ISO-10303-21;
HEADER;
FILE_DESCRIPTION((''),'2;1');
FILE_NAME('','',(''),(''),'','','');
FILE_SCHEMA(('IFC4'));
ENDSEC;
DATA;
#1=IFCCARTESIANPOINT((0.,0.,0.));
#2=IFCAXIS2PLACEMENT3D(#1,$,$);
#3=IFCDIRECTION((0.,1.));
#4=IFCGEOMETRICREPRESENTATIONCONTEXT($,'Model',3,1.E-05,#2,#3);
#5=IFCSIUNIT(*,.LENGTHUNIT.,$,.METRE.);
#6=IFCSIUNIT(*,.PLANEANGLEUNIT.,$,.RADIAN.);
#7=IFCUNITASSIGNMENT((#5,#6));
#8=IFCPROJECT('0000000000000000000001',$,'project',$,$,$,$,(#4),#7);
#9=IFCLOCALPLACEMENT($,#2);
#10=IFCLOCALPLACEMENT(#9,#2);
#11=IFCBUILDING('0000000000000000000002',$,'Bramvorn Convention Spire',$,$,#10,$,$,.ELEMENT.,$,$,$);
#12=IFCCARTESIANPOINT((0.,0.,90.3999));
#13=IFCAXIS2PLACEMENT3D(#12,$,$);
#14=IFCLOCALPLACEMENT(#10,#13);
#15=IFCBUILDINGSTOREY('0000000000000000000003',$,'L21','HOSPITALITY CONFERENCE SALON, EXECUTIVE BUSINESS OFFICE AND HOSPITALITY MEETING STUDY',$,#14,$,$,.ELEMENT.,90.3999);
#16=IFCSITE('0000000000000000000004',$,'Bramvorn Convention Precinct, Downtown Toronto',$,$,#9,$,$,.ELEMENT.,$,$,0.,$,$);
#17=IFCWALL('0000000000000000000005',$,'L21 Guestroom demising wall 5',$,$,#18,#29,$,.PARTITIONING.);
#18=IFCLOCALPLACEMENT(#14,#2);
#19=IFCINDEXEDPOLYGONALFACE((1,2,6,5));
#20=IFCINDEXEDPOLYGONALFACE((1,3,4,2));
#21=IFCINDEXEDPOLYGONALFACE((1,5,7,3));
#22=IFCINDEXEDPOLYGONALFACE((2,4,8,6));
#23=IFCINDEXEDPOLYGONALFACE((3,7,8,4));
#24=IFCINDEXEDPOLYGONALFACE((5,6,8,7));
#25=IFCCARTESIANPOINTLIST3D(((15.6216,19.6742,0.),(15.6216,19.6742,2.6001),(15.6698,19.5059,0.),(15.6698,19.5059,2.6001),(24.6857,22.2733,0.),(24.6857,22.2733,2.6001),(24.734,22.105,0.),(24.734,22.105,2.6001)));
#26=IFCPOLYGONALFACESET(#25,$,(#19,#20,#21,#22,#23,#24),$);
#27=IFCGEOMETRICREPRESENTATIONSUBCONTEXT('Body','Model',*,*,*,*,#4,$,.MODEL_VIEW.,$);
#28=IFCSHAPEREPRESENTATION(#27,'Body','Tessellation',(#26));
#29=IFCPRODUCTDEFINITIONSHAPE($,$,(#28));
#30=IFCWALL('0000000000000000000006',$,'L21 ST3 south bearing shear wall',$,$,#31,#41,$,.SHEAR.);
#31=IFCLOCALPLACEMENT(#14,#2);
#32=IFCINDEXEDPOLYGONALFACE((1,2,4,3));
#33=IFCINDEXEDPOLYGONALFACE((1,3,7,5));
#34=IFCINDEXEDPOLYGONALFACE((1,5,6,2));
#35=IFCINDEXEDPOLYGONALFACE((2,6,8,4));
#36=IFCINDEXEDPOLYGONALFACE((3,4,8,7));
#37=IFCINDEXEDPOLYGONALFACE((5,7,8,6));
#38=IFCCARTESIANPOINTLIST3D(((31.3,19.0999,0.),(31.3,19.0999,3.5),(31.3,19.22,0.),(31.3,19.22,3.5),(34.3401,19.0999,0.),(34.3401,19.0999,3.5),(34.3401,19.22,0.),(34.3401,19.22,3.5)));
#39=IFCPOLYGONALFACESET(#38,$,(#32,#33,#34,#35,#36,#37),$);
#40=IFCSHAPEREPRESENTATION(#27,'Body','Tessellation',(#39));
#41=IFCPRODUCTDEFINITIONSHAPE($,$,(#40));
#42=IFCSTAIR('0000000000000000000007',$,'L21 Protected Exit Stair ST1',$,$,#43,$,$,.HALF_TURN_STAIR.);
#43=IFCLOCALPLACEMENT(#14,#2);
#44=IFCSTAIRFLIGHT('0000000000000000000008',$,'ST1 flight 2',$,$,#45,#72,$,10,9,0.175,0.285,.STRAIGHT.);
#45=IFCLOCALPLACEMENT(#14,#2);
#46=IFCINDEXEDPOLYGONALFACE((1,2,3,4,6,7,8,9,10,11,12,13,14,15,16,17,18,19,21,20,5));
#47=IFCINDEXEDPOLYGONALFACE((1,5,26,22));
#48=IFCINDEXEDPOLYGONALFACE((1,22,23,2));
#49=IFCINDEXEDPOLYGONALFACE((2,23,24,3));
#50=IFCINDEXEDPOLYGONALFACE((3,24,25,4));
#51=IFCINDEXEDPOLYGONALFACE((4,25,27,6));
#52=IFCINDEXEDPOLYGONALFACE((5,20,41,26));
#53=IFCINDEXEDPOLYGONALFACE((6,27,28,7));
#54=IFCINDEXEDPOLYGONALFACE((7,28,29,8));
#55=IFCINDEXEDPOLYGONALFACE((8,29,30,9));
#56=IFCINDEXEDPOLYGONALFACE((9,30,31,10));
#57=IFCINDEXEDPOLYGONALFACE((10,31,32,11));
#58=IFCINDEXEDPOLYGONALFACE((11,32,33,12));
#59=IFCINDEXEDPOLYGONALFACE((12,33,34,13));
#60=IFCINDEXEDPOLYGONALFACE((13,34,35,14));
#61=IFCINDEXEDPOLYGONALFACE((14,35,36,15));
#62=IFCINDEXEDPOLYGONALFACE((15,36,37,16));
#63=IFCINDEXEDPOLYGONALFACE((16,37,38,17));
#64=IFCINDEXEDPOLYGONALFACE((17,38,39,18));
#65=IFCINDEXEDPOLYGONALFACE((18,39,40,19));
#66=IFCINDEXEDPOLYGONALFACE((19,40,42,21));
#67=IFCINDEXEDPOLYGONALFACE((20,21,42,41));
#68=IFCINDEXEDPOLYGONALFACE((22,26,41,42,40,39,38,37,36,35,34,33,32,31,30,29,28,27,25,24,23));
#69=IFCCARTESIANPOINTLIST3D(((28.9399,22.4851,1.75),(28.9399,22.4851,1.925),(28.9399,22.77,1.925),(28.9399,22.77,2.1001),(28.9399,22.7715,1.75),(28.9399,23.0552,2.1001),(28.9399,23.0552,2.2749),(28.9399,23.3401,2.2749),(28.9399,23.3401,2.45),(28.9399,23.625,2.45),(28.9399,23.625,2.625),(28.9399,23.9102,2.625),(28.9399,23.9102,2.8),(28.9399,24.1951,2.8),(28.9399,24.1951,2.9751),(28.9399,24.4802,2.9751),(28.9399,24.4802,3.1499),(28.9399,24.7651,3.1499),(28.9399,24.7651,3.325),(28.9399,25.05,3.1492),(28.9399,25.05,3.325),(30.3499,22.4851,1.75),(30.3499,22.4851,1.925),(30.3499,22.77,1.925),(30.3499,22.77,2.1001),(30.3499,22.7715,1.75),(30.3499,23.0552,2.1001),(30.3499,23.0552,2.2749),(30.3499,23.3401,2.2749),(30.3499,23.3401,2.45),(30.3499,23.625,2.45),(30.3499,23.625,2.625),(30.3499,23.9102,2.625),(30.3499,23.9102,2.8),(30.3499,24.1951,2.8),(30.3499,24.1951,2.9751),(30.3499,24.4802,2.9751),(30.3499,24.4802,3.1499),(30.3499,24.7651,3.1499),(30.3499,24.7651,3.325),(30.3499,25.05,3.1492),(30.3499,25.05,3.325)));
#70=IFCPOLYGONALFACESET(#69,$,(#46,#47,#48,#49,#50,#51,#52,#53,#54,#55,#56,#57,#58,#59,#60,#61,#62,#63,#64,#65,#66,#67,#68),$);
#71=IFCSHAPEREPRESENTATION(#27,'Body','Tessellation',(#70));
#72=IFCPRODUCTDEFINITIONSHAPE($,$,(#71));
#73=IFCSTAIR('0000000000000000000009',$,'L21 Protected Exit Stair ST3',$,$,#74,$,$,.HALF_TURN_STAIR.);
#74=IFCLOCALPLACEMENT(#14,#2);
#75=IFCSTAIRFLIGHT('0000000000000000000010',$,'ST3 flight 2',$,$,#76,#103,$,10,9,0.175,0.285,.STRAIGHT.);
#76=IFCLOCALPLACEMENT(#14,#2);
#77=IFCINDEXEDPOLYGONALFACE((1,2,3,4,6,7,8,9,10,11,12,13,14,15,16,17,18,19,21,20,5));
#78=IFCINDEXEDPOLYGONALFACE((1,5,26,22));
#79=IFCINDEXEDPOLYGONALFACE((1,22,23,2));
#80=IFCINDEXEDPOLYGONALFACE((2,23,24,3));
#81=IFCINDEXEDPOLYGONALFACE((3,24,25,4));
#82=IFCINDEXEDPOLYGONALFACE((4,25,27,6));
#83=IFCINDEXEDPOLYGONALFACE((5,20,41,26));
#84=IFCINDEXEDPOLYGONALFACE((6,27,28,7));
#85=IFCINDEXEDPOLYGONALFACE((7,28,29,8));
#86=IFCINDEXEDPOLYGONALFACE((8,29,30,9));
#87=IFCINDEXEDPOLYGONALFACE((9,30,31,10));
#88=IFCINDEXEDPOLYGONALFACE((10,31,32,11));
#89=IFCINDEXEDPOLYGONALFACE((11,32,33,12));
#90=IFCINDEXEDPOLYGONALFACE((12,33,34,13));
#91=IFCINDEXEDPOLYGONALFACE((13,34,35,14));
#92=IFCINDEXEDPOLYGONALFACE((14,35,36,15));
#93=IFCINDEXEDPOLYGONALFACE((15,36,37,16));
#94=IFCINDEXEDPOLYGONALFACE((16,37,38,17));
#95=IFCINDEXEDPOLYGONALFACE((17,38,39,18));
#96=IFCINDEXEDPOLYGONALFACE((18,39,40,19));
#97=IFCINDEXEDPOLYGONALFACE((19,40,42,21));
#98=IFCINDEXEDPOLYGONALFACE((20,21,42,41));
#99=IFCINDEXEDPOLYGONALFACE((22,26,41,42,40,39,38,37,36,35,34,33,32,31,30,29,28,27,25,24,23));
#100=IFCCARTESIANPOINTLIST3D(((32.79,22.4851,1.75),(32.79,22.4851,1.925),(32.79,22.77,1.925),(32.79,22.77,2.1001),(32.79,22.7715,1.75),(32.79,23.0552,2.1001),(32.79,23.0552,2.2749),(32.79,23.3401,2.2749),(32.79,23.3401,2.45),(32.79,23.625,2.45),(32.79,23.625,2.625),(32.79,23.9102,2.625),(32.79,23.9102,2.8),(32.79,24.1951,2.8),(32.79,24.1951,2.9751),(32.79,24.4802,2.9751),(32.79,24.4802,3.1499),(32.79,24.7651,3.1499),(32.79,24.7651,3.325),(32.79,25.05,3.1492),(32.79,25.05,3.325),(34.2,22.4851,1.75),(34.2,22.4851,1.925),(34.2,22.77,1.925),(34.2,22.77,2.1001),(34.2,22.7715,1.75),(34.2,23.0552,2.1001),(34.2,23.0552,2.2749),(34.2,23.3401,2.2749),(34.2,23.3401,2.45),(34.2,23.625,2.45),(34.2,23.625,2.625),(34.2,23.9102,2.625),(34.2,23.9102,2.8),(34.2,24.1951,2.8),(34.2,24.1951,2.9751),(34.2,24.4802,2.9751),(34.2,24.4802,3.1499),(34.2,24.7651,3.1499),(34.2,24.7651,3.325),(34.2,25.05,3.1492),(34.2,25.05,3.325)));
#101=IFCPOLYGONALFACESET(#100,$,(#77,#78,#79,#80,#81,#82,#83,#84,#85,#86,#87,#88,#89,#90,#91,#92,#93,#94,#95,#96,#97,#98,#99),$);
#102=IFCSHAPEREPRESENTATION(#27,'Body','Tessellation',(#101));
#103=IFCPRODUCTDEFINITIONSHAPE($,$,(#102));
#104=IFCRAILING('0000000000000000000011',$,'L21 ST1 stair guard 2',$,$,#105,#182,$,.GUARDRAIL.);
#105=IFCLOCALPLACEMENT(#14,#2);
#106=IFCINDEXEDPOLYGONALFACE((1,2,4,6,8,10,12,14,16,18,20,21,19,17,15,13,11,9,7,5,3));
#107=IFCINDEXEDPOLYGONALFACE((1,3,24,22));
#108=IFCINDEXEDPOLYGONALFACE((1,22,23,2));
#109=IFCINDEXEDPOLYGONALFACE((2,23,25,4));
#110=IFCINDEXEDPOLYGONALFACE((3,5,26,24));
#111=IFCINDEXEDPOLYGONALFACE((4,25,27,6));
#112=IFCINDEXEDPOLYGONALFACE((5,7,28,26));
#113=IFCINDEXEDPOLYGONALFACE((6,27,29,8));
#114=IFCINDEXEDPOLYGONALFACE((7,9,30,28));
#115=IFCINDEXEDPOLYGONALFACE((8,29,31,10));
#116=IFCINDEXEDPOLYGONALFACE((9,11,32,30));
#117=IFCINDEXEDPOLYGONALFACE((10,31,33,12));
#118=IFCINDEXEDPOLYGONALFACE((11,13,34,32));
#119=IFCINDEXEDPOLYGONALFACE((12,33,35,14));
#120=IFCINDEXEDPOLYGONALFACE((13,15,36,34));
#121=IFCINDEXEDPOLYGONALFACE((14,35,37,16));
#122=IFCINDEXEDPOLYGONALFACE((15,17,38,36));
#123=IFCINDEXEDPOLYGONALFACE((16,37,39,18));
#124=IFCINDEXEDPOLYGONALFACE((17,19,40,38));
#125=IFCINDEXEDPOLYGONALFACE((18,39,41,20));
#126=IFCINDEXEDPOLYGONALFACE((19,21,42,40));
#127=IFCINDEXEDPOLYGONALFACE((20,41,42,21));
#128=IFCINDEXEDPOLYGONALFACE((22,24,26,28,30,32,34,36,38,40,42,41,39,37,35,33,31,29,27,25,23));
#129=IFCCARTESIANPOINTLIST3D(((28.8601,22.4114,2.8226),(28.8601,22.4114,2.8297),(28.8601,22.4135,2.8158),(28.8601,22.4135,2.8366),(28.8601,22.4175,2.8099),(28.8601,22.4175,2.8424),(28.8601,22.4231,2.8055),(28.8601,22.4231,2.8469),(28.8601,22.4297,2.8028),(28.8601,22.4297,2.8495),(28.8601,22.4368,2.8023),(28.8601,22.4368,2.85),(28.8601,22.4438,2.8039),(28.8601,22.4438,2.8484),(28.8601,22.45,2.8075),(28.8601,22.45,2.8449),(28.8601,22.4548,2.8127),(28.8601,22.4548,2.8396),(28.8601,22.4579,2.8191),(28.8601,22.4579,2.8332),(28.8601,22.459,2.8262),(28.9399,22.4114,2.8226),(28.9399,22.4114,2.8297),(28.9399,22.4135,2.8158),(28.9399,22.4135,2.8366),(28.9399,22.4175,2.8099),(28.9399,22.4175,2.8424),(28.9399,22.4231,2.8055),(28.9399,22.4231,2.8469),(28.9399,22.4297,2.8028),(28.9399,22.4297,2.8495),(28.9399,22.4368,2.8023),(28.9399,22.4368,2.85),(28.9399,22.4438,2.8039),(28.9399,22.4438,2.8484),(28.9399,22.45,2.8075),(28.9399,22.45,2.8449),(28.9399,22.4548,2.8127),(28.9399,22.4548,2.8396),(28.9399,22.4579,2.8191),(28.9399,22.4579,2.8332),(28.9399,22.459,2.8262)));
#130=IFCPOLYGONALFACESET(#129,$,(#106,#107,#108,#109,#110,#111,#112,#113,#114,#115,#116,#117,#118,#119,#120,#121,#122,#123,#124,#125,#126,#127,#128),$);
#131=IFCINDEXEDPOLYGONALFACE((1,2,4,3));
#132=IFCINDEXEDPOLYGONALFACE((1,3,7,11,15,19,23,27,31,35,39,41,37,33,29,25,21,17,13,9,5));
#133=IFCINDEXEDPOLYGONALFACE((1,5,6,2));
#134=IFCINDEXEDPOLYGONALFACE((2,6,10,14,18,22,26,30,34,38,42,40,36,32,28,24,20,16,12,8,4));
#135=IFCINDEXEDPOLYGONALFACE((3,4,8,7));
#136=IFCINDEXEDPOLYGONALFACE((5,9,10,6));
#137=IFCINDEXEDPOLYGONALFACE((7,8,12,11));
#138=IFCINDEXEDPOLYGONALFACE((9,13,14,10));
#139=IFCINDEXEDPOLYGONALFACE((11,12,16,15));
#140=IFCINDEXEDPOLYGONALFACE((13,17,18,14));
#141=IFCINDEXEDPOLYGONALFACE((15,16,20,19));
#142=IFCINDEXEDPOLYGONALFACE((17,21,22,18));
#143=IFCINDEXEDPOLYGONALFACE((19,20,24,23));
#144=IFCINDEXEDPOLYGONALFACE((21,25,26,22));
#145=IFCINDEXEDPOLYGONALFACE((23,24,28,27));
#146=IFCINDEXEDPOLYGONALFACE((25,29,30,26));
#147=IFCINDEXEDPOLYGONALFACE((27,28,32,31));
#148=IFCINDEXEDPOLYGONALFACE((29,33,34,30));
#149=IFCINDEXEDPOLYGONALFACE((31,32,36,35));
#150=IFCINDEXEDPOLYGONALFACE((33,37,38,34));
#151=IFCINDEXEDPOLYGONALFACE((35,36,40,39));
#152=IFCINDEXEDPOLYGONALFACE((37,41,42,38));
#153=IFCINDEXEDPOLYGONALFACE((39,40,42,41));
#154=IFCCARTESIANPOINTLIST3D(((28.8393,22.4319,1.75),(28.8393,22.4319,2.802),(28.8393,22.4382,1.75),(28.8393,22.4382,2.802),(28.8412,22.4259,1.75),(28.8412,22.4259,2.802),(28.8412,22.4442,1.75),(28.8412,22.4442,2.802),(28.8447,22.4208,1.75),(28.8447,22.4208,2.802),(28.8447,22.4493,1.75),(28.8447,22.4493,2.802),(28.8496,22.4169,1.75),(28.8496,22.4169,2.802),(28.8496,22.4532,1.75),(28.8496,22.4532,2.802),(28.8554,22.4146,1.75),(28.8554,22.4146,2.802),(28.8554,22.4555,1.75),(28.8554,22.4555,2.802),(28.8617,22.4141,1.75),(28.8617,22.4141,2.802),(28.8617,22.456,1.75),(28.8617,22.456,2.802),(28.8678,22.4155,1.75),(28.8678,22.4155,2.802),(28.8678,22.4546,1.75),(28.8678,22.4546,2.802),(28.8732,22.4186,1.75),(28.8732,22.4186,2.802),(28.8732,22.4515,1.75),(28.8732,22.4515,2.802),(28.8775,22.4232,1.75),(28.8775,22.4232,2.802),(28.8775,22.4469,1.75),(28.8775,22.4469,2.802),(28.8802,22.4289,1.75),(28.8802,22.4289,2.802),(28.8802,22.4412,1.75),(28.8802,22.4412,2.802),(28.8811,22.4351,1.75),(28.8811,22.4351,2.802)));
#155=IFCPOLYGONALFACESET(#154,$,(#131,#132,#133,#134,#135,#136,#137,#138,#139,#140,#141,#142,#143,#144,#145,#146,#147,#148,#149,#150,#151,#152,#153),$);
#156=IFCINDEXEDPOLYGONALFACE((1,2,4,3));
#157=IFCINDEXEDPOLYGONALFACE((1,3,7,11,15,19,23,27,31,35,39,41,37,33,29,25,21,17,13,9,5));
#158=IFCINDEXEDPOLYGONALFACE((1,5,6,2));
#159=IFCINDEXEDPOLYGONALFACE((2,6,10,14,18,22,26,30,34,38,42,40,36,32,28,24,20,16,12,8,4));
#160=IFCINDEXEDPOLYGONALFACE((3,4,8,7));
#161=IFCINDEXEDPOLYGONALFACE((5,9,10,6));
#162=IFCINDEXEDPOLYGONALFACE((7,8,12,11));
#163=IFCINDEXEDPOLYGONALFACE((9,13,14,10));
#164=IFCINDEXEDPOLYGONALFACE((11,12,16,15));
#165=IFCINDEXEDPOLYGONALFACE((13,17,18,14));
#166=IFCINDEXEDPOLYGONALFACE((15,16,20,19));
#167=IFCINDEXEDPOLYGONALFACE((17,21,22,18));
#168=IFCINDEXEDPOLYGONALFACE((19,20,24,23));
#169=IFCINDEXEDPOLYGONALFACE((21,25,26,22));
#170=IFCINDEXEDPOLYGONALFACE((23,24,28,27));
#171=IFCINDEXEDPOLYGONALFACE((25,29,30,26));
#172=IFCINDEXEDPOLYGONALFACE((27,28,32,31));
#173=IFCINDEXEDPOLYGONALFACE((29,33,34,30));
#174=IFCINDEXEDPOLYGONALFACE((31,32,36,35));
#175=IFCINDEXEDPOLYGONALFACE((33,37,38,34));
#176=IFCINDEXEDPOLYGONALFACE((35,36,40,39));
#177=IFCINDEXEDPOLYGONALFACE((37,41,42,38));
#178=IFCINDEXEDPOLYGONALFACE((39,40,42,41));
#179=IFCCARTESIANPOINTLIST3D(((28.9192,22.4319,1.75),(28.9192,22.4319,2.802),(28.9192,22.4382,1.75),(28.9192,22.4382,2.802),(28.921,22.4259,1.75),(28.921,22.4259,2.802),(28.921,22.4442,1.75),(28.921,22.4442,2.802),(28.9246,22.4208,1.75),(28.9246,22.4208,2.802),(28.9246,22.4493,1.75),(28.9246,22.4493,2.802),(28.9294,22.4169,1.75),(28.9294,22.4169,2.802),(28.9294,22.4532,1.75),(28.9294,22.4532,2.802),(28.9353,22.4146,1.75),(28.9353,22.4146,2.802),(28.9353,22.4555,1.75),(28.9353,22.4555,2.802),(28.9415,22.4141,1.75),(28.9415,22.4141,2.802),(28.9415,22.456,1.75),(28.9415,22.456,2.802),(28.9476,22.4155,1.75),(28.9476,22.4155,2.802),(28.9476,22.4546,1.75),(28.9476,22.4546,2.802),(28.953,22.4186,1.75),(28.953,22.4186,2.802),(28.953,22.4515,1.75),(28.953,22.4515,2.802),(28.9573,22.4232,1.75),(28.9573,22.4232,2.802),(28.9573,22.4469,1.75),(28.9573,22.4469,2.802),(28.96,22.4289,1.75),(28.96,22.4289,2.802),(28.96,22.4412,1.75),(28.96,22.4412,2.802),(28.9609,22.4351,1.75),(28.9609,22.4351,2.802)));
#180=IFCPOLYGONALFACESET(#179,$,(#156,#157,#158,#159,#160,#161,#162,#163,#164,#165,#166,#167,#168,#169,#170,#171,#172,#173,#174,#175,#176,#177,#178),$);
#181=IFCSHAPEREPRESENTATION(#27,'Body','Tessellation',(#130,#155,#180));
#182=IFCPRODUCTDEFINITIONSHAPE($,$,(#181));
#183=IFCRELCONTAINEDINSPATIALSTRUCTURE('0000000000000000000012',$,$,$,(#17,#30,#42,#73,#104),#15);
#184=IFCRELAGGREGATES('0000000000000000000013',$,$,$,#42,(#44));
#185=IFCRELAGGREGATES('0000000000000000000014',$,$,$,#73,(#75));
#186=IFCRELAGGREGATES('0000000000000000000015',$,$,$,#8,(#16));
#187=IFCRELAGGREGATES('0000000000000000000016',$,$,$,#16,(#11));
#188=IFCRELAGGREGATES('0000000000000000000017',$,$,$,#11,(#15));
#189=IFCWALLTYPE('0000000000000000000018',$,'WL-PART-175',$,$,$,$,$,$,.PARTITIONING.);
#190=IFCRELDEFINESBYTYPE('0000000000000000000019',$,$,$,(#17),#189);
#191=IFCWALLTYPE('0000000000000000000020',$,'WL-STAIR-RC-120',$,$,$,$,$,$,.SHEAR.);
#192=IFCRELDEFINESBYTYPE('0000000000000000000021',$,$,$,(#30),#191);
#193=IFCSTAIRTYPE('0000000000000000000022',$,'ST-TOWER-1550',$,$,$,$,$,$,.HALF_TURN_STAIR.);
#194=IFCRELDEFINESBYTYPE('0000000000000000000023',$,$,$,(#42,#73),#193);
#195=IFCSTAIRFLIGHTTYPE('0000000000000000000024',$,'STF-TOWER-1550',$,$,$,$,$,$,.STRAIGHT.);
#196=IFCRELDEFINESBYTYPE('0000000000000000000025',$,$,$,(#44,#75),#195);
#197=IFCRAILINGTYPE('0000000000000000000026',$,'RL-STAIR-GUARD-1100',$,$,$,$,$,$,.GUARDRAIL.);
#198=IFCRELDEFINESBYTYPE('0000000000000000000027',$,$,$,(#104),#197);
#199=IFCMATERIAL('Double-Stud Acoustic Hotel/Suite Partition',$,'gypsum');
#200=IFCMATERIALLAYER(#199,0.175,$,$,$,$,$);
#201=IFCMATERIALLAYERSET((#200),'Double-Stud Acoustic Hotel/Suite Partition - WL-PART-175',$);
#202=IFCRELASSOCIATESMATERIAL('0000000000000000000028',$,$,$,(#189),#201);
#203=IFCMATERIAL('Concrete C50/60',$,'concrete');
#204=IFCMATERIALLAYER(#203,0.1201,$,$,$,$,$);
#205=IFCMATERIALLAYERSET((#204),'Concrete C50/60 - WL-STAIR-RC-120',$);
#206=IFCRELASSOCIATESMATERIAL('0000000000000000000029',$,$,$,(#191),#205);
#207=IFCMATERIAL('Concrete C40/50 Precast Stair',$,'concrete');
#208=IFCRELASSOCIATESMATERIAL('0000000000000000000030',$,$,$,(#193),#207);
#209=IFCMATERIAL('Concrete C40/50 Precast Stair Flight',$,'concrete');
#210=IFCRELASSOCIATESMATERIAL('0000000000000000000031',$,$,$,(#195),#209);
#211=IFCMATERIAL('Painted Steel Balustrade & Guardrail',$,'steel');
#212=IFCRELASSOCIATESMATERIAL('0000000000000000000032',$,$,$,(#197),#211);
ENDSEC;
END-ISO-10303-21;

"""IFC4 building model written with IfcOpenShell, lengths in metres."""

from ifc_helpers import new_model, si_unit, direction, frame, frame_2d, origin, origin_2d, place, context, subcontext, project, spatial, polyline, rectangle, circle, outline, extrude, material, layer, layer_set, type_object, element, aggregate, save


model = new_model("IFC4")

# Units and contexts
model_context = context("Model", 3, precision=1e-05, world=origin(), true_north=direction((0.0, 1.0)))
body_context = subcontext(model_context, "Body", "Model", "MODEL_VIEW")
ifc_project = project(units=[si_unit("LENGTHUNIT", "METRE"), si_unit("PLANEANGLEUNIT", "RADIAN")], contexts=[model_context])

# Site, building, storey
site_placement = place(None, origin())
site = spatial("IfcSite", under=ifc_project, at=site_placement, Name="Bramvorn Convention Precinct, Downtown Toronto", CompositionType="ELEMENT", RefElevation=0.0)
building_placement = place(site_placement, origin())
building = spatial("IfcBuilding", under=site, at=building_placement, Name="Bramvorn Convention Spire", CompositionType="ELEMENT")
storey_placement = place(building_placement, frame((0.0, 0.0, 90.3999)))
storey = spatial("IfcBuildingStorey", under=building, at=storey_placement, Name="L21", Description="HOSPITALITY CONFERENCE SALON, EXECUTIVE BUSINESS OFFICE AND HOSPITALITY MEETING STUDY", CompositionType="ELEMENT", Elevation=90.3999)

# Walls
ifc_material_1 = material(Name="Double-Stud Acoustic Hotel/Suite Partition", Category="gypsum")
ifc_layer_1 = layer(ifc_material_1, 0.175)
ifc_layer_set_1 = layer_set([ifc_layer_1], Name="Double-Stud Acoustic Hotel/Suite Partition - WL-PART-175")
wall_type_1 = type_object("IfcWallType", Name="WL-PART-175", PredefinedType="PARTITIONING", material=ifc_layer_set_1)
wall_1_placement = place(storey_placement, frame((24.71, 22.1892, 0.0), z_axis=(0.0, 0.0, 1.0), x_axis=(-0.961262, -0.275637, 0.0)))
element("IfcWall", 1, at=wall_1_placement, inside=storey, type_object=wall_type_1, Name="L21 Guestroom demising wall 5", PredefinedType="PARTITIONING", context=body_context, shape_type="SweptSolid", body=[
    extrude(rectangle(XDim=9.4294, YDim=0.175, at=frame_2d((4.7148, 0.0))), origin(), (0.0, 0.0, 1.0), 2.6001),
])
ifc_material_2 = material(Name="Concrete C50/60", Category="concrete")
ifc_layer_2 = layer(ifc_material_2, 0.1201)
ifc_layer_set_2 = layer_set([ifc_layer_2], Name="Concrete C50/60 - WL-STAIR-RC-120")
wall_type_2 = type_object("IfcWallType", Name="WL-STAIR-RC-120", PredefinedType="SHEAR", material=ifc_layer_set_2)
wall_2_placement = place(storey_placement, frame((31.3, 19.1599, 0.0), z_axis=(0.0, 0.0, 1.0), x_axis=(1.0, 0.0, 0.0)))
element("IfcWall", 2, at=wall_2_placement, inside=storey, type_object=wall_type_2, Name="L21 ST3 south bearing shear wall", PredefinedType="SHEAR", context=body_context, shape_type="SweptSolid", body=[
    extrude(rectangle(XDim=3.04, YDim=0.1201, at=frame_2d((1.52, 0.0))), origin(), (0.0, 0.0, 1.0), 3.5),
])

# Stairs, stair flights
ifc_material_3 = material(Name="Concrete C40/50 Precast Stair", Category="concrete")
stair_type = type_object("IfcStairType", Name="ST-TOWER-1550", PredefinedType="HALF_TURN_STAIR", material=ifc_material_3)
stair_1_placement = place(storey_placement, origin())
stair_1 = element("IfcStair", 3, at=stair_1_placement, inside=storey, type_object=stair_type, Name="L21 Protected Exit Stair ST1", PredefinedType="HALF_TURN_STAIR")
ifc_material_4 = material(Name="Concrete C40/50 Precast Stair Flight", Category="concrete")
stair_flight_type = type_object("IfcStairFlightType", Name="STF-TOWER-1550", PredefinedType="STRAIGHT", material=ifc_material_4)
stair_flight_1_placement = place(storey_placement, frame((29.645, 22.4851, 1.75), z_axis=(0.0, 0.0, 1.0), x_axis=(0.0, 1.0, 0.0)))
stair_flight_1 = element("IfcStairFlight", 4, at=stair_flight_1_placement, type_object=stair_flight_type, Name="ST1 flight 2", NumberOfRisers=10, NumberOfTreads=9, PredefinedType="STRAIGHT", RiserHeight=0.175, TreadLength=0.285, context=body_context, shape_type="SweptSolid", body=[
    extrude(outline(polyline([(0.0, 0.0), (0.0, 0.175), (0.2849, 0.175), (0.2849, 0.3501), (0.5701, 0.3501), (0.5701, 0.5249), (0.855, 0.5249), (0.855, 0.7), (1.1399, 0.7), (1.1399, 0.875), (1.425, 0.875), (1.425, 1.05), (1.71, 1.05), (1.71, 1.2251), (1.9951, 1.2251), (1.9951, 1.3999), (2.28, 1.3999), (2.28, 1.575), (2.5649, 1.575), (2.5649, 1.75), (2.5649, 1.3992), (0.2864, 0.0), (0.0, 0.0)])), frame((0.0, 0.7051, 0.0), z_axis=(0.0, -1.0, 0.0), x_axis=(1.0, 0.0, 0.0)), (0.0, 0.0, 1.0), 1.4099),
])
aggregate(stair_1, [stair_flight_1])
stair_2_placement = place(storey_placement, origin())
stair_2 = element("IfcStair", 5, at=stair_2_placement, inside=storey, type_object=stair_type, Name="L21 Protected Exit Stair ST3", PredefinedType="HALF_TURN_STAIR")
stair_flight_2_placement = place(storey_placement, frame((33.4951, 22.4851, 1.75), z_axis=(0.0, 0.0, 1.0), x_axis=(0.0, 1.0, 0.0)))
stair_flight_2 = element("IfcStairFlight", 6, at=stair_flight_2_placement, type_object=stair_flight_type, Name="ST3 flight 2", NumberOfRisers=10, NumberOfTreads=9, PredefinedType="STRAIGHT", RiserHeight=0.175, TreadLength=0.285, context=body_context, shape_type="SweptSolid", body=[
    extrude(outline(polyline([(0.0, 0.0), (0.0, 0.175), (0.2849, 0.175), (0.2849, 0.3501), (0.5701, 0.3501), (0.5701, 0.5249), (0.855, 0.5249), (0.855, 0.7), (1.1399, 0.7), (1.1399, 0.875), (1.425, 0.875), (1.425, 1.05), (1.71, 1.05), (1.71, 1.2251), (1.9951, 1.2251), (1.9951, 1.3999), (2.28, 1.3999), (2.28, 1.575), (2.5649, 1.575), (2.5649, 1.75), (2.5649, 1.3992), (0.2864, 0.0), (0.0, 0.0)])), frame((0.0, 0.7051, 0.0), z_axis=(0.0, -1.0, 0.0), x_axis=(1.0, 0.0, 0.0)), (0.0, 0.0, 1.0), 1.4099),
])
aggregate(stair_2, [stair_flight_2])

# Railing
ifc_material_5 = material(Name="Painted Steel Balustrade & Guardrail", Category="steel")
railing_type_1 = type_object("IfcRailingType", Name="RL-STAIR-GUARD-1100", PredefinedType="GUARDRAIL", material=ifc_material_5)
railing_1_placement = place(storey_placement, frame((28.8601, 22.4351, 1.75)))
element("IfcRailing", 7, at=railing_1_placement, inside=storey, type_object=railing_type_1, Name="L21 ST1 stair guard 2", PredefinedType="GUARDRAIL", context=body_context, shape_type="SweptSolid", body=[
    extrude(circle(Radius=0.0239, at=origin_2d()), frame((0.0, 0.0, 1.0762), z_axis=(1.0, 0.0, 0.0), x_axis=(0.0, 1.0, 0.0)), (0.0, 0.0, 1.0), 0.0798),
    extrude(circle(Radius=0.021, at=origin_2d()), origin(), (0.0, 0.0, 1.0), 1.052),
    extrude(circle(Radius=0.021, at=origin_2d()), frame((0.0798, 0.0, 0.0)), (0.0, 0.0, 1.0), 1.052),
])

save(model, "model.ifc")
